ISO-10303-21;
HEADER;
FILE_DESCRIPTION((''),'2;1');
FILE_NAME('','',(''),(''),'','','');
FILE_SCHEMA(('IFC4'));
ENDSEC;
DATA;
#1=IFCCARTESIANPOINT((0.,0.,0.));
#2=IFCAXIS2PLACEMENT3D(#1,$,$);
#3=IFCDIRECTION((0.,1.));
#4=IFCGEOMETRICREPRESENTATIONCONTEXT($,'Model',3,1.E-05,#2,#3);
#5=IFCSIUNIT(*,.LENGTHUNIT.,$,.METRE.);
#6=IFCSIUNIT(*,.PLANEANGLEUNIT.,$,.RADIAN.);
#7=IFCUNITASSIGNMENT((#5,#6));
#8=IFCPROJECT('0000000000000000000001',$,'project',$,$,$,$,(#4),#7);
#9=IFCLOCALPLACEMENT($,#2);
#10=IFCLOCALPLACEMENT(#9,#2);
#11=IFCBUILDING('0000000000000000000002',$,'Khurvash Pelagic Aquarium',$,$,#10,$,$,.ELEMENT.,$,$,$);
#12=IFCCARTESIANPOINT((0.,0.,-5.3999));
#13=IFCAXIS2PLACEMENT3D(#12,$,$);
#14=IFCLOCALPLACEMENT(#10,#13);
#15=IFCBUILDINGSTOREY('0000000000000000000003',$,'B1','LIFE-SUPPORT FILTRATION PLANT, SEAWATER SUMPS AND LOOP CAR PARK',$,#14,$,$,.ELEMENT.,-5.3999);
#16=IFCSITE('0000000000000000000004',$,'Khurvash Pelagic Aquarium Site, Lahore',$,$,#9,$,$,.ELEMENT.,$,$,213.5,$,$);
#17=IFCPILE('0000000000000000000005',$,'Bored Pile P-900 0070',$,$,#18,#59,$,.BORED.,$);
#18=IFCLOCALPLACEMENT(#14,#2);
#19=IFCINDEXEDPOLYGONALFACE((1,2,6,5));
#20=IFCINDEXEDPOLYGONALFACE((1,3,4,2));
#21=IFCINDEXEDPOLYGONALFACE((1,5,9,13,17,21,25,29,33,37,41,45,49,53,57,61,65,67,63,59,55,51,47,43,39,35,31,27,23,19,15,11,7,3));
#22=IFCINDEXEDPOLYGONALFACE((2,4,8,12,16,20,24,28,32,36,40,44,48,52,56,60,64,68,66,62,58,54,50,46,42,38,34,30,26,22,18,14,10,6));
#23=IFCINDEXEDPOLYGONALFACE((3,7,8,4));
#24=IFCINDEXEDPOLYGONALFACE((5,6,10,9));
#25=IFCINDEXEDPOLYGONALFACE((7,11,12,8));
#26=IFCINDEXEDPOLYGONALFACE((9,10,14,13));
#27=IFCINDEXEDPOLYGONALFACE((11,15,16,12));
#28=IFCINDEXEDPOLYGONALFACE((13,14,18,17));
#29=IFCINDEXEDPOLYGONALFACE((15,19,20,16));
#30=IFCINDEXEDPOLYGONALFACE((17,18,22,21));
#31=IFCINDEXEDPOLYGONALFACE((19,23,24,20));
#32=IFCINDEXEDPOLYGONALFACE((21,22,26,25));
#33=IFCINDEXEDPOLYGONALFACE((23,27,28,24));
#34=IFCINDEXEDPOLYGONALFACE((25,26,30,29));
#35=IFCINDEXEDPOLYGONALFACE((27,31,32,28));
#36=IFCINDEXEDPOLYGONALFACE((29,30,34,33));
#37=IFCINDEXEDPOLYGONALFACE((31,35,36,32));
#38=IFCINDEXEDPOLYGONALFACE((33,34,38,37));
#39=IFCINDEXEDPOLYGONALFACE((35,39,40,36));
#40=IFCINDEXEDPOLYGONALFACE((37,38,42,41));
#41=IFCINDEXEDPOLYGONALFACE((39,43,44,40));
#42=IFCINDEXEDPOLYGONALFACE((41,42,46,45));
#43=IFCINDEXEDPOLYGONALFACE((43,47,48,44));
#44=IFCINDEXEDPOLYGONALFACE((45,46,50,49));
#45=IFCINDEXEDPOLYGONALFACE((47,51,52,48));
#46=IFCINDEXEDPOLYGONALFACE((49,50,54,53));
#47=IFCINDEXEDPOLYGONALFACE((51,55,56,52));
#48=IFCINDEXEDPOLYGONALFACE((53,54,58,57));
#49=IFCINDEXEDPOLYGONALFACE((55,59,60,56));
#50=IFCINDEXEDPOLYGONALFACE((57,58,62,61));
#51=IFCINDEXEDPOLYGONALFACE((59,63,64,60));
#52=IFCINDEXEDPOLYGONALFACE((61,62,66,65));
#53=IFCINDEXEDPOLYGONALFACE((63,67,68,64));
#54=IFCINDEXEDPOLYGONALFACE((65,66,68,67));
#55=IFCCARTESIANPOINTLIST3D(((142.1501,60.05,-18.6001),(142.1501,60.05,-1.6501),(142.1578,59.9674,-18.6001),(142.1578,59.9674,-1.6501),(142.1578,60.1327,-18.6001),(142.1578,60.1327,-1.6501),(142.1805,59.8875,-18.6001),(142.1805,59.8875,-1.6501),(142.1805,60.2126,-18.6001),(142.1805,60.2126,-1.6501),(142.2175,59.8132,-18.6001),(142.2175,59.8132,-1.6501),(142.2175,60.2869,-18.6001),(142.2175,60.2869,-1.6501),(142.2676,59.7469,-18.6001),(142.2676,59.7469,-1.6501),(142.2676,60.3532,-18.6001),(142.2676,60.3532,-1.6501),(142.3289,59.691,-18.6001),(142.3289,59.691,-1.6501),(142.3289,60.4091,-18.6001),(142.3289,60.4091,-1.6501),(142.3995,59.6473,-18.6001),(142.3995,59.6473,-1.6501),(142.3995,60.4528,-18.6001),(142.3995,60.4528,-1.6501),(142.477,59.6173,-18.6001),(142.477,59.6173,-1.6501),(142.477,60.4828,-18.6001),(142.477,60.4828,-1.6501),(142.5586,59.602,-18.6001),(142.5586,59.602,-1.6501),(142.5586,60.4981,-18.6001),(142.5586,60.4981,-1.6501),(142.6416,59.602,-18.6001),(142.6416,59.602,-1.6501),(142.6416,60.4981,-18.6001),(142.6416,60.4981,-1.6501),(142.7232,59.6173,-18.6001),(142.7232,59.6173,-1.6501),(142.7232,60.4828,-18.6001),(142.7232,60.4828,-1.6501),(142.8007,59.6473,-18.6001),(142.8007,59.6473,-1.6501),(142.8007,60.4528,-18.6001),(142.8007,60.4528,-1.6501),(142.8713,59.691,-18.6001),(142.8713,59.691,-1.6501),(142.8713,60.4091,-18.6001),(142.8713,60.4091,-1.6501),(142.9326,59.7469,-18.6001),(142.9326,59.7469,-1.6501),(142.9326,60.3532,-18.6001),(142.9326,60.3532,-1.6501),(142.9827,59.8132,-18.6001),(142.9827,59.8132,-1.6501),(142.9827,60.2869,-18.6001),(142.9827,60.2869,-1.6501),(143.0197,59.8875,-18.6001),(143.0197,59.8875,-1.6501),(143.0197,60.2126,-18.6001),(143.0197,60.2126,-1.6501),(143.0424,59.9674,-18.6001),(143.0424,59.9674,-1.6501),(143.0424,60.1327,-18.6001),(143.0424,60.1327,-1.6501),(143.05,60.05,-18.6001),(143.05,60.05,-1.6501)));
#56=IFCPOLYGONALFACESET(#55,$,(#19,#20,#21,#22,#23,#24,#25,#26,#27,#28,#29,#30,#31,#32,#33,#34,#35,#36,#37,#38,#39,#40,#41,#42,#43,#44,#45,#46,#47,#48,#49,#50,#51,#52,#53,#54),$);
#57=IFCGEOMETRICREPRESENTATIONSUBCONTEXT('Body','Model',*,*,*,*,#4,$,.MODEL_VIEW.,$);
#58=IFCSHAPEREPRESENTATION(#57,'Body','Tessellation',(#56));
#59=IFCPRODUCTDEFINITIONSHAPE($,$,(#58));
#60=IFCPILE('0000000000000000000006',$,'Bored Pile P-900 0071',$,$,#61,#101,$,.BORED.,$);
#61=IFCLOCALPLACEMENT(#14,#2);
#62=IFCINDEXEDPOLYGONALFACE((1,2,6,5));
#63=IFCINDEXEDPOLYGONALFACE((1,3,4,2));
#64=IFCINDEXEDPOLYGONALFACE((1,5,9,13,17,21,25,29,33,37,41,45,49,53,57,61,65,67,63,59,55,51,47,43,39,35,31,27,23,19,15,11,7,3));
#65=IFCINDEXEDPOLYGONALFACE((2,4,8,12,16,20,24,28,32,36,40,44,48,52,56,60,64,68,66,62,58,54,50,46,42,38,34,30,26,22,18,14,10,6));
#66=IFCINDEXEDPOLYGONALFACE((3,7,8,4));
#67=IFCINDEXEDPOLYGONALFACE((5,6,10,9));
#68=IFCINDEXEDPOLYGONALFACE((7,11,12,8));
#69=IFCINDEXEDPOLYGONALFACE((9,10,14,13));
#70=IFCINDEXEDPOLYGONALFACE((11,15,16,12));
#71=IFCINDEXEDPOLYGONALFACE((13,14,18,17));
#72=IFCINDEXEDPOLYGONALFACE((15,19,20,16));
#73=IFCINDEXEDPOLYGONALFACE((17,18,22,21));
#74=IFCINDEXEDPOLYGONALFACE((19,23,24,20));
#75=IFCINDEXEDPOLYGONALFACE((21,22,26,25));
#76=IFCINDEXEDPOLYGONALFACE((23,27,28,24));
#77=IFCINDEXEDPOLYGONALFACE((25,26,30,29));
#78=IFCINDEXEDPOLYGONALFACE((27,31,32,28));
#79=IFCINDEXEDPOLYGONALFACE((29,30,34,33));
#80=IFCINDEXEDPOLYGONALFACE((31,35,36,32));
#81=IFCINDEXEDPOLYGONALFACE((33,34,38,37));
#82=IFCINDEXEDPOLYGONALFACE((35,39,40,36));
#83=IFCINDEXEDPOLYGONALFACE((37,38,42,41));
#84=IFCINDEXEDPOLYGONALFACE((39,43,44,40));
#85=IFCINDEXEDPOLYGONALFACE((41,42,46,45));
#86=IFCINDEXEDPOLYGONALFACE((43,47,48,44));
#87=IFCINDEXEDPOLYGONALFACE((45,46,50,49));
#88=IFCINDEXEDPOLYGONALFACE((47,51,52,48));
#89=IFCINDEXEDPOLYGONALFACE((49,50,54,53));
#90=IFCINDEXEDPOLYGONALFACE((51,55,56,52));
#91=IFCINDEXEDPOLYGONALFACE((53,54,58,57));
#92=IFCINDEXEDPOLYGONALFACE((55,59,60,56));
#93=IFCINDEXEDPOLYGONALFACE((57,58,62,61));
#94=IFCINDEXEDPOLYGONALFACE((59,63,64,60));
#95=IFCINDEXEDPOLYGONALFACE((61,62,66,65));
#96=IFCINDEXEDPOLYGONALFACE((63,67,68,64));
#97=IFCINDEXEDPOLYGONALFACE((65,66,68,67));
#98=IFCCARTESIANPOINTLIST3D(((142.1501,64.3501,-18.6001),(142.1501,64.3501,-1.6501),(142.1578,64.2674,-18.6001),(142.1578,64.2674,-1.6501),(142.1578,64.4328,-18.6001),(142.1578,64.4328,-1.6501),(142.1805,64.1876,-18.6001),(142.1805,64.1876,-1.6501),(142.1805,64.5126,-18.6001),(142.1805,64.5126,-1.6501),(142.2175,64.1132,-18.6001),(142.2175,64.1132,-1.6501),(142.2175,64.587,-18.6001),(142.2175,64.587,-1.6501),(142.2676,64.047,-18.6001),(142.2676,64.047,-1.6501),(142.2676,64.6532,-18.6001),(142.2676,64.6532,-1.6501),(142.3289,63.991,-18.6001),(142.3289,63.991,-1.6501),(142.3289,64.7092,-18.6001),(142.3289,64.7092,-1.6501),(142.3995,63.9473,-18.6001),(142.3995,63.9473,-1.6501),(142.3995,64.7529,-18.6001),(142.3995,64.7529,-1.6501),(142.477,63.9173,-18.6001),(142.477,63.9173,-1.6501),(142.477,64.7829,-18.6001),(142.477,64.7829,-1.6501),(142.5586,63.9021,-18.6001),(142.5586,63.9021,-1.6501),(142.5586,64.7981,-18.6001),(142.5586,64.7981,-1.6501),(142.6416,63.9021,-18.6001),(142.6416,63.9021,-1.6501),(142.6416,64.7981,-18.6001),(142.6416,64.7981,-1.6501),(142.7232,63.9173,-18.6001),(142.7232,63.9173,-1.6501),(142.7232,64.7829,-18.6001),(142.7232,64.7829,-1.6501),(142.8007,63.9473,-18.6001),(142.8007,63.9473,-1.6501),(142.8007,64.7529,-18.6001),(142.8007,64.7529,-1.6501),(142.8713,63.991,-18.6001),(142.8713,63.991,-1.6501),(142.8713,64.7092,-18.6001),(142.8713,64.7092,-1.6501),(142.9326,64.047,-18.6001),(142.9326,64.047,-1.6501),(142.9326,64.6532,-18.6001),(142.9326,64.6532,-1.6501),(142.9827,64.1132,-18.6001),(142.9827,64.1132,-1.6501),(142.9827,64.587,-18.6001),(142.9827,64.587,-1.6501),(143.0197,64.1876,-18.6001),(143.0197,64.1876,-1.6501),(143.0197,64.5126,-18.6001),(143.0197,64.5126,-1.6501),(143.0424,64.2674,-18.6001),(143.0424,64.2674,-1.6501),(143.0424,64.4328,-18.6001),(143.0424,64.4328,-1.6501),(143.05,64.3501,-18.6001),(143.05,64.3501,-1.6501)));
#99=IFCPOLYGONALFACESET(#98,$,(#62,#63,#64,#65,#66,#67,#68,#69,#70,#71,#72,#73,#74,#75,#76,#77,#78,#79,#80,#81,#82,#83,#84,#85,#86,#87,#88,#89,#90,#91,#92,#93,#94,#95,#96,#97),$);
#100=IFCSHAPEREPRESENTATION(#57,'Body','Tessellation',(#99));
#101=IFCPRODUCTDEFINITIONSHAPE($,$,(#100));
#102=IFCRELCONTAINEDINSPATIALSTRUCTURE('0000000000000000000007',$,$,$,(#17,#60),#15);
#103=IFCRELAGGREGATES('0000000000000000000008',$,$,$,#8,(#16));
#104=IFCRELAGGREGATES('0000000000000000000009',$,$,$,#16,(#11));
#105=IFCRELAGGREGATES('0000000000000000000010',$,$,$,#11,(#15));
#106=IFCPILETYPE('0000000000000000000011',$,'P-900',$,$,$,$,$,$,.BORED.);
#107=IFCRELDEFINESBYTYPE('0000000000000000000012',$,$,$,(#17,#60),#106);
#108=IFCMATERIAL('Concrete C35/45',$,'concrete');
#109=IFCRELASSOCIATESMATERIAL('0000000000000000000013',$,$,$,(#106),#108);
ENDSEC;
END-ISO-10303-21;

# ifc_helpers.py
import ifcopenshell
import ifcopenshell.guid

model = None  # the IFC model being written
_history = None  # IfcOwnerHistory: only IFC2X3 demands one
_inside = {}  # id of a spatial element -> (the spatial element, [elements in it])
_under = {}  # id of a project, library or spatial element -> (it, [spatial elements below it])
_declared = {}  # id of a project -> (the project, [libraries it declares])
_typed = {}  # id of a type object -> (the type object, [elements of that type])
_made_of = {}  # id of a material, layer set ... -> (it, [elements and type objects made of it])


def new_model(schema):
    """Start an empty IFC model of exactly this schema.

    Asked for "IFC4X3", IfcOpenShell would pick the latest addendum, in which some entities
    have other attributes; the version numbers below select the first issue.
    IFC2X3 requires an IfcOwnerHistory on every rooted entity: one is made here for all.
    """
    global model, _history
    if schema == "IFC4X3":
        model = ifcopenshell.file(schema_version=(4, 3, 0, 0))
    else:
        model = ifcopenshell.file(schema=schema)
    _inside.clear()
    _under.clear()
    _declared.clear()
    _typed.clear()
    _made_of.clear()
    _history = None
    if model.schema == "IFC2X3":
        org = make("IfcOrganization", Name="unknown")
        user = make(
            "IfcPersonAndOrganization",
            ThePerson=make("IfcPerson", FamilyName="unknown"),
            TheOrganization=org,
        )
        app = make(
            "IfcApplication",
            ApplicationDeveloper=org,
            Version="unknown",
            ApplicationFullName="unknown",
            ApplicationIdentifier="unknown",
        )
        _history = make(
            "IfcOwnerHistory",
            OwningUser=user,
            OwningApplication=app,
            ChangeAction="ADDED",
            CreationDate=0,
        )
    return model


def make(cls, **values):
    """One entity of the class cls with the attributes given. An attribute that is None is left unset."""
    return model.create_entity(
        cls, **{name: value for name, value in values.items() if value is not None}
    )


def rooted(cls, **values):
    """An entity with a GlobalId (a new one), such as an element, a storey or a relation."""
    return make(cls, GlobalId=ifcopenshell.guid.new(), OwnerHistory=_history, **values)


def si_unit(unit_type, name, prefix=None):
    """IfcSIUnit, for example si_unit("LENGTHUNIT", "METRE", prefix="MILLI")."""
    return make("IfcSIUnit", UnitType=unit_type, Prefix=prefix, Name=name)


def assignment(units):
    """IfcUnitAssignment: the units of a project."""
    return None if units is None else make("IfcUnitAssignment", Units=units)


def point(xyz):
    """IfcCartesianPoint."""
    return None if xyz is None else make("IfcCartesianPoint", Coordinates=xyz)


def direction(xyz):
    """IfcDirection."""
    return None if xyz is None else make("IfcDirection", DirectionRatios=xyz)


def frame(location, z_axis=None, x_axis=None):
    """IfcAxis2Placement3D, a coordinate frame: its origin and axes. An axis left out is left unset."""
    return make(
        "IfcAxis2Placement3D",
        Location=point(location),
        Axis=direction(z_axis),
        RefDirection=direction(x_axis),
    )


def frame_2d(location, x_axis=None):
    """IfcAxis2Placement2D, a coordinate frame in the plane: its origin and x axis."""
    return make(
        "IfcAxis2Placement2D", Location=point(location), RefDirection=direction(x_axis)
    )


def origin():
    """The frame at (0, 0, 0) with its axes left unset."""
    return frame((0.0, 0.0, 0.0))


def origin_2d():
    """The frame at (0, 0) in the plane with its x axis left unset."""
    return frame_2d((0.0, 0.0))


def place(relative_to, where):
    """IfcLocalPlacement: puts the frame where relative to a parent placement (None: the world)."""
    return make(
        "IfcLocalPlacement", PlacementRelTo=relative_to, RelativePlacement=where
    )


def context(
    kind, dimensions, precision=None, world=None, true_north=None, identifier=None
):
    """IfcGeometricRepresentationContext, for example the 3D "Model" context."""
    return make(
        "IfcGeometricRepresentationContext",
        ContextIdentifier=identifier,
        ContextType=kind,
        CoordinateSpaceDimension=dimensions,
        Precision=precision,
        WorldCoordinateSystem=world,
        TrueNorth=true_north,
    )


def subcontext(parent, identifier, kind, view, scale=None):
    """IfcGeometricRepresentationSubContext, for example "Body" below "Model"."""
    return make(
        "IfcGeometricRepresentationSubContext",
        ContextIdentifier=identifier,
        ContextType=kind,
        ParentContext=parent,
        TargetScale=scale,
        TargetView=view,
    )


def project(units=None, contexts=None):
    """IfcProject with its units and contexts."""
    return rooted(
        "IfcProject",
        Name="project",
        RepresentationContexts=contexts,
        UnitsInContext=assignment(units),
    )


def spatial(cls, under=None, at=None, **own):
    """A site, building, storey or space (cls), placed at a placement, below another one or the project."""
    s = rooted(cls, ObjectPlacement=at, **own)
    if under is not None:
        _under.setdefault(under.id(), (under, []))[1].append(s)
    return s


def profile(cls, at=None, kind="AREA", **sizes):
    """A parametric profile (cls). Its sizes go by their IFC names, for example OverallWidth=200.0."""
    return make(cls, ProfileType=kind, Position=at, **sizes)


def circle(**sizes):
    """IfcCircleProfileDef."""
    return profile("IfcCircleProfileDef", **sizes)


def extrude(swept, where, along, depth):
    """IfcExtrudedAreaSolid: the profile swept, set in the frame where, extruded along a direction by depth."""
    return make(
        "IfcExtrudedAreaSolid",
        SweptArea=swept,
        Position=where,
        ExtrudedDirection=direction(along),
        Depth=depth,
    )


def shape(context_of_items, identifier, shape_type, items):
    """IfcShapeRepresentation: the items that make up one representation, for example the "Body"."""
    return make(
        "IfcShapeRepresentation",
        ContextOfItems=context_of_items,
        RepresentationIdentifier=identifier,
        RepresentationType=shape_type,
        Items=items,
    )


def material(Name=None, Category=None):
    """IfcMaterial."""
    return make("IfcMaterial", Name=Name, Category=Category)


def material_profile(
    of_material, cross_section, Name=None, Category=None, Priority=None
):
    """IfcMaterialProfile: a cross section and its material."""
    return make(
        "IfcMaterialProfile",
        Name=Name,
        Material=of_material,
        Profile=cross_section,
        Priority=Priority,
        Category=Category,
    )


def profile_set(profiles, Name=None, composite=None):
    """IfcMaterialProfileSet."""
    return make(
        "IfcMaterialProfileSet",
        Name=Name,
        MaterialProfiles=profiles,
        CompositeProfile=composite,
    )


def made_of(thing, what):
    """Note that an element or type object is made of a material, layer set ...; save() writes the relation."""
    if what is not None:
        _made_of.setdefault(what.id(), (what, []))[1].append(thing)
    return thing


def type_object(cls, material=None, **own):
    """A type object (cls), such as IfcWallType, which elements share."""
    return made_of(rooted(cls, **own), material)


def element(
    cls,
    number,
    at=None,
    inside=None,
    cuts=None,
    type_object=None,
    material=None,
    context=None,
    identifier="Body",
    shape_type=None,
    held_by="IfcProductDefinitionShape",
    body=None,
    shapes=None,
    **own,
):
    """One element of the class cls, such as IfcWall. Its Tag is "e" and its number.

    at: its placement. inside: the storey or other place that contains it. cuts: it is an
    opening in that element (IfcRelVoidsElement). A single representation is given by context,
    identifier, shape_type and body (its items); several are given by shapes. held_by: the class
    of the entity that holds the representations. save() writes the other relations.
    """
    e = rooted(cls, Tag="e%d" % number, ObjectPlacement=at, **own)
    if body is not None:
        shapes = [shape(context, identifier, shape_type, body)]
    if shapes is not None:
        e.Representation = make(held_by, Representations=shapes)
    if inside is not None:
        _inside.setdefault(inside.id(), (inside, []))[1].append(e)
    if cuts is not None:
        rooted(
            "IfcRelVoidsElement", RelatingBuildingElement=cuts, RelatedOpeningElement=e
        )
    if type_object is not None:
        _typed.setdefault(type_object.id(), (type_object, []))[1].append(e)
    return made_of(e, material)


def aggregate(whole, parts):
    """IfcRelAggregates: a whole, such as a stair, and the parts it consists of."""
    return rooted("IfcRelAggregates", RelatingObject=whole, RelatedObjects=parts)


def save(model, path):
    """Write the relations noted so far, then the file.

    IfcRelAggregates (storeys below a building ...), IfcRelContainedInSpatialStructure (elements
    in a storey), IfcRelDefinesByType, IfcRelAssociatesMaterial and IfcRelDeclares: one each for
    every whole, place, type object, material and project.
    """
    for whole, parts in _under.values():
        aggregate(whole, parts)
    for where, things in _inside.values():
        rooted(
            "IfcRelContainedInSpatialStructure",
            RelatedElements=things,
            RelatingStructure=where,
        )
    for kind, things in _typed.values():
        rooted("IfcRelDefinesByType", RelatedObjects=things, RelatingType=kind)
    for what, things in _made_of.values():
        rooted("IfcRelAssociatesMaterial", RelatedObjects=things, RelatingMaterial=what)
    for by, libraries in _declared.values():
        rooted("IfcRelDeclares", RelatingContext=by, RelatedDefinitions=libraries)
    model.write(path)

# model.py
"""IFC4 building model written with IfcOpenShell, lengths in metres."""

from ifc_helpers import new_model, si_unit, direction, frame, origin, origin_2d, place, context, subcontext, project, spatial, circle, extrude, material, material_profile, profile_set, type_object, element, save


model = new_model("IFC4")

# Units and contexts
model_context = context("Model", 3, precision=1e-05, world=origin(), true_north=direction((0.0, 1.0)))
body_context = subcontext(model_context, "Body", "Model", "MODEL_VIEW")
ifc_project = project(units=[si_unit("LENGTHUNIT", "METRE"), si_unit("PLANEANGLEUNIT", "RADIAN")], contexts=[model_context])

# Site, building, storey
site_placement = place(None, origin())
site = spatial("IfcSite", under=ifc_project, at=site_placement, Name="Khurvash Pelagic Aquarium Site, Lahore", CompositionType="ELEMENT", RefElevation=213.5)
building_placement = place(site_placement, origin())
building = spatial("IfcBuilding", under=site, at=building_placement, Name="Khurvash Pelagic Aquarium", CompositionType="ELEMENT")
storey_placement = place(building_placement, frame((0.0, 0.0, -5.3999)))
storey = spatial("IfcBuildingStorey", under=building, at=storey_placement, Name="B1", Description="LIFE-SUPPORT FILTRATION PLANT, SEAWATER SUMPS AND LOOP CAR PARK", CompositionType="ELEMENT", Elevation=-5.3999)

# Piles
ifc_material = material(Name="Concrete C35/45", Category="concrete")
ifc_material_profile = material_profile(ifc_material, circle(Radius=0.45, at=origin_2d()), Name="PILE900")
ifc_profile_set = profile_set([ifc_material_profile], Name="Concrete C35/45")
pile_type = type_object("IfcPileType", Name="P-900", PredefinedType="BORED", material=ifc_profile_set)
for number, where, z_axis, x_axis, name in (
    (1, (142.6001, 60.05, -1.6501), (0.0, 0.0, -1.0), (1.0, 0.0, 0.0), "Bored Pile P-900 0070"),
    (2, (142.6001, 64.3501, -1.6501), (0.0, 0.0, -1.0), (1.0, 0.0, 0.0), "Bored Pile P-900 0071"),
):
    element("IfcPile", number, at=place(storey_placement, frame(where, z_axis=z_axis, x_axis=x_axis)), inside=storey, type_object=pile_type, Name=name, PredefinedType="BORED", context=body_context, shape_type="SweptSolid", body=[
        extrude(circle(Radius=0.45, at=origin_2d()), origin(), (0.0, 0.0, 1.0), 16.95),
    ])

save(model, "model.ifc")
